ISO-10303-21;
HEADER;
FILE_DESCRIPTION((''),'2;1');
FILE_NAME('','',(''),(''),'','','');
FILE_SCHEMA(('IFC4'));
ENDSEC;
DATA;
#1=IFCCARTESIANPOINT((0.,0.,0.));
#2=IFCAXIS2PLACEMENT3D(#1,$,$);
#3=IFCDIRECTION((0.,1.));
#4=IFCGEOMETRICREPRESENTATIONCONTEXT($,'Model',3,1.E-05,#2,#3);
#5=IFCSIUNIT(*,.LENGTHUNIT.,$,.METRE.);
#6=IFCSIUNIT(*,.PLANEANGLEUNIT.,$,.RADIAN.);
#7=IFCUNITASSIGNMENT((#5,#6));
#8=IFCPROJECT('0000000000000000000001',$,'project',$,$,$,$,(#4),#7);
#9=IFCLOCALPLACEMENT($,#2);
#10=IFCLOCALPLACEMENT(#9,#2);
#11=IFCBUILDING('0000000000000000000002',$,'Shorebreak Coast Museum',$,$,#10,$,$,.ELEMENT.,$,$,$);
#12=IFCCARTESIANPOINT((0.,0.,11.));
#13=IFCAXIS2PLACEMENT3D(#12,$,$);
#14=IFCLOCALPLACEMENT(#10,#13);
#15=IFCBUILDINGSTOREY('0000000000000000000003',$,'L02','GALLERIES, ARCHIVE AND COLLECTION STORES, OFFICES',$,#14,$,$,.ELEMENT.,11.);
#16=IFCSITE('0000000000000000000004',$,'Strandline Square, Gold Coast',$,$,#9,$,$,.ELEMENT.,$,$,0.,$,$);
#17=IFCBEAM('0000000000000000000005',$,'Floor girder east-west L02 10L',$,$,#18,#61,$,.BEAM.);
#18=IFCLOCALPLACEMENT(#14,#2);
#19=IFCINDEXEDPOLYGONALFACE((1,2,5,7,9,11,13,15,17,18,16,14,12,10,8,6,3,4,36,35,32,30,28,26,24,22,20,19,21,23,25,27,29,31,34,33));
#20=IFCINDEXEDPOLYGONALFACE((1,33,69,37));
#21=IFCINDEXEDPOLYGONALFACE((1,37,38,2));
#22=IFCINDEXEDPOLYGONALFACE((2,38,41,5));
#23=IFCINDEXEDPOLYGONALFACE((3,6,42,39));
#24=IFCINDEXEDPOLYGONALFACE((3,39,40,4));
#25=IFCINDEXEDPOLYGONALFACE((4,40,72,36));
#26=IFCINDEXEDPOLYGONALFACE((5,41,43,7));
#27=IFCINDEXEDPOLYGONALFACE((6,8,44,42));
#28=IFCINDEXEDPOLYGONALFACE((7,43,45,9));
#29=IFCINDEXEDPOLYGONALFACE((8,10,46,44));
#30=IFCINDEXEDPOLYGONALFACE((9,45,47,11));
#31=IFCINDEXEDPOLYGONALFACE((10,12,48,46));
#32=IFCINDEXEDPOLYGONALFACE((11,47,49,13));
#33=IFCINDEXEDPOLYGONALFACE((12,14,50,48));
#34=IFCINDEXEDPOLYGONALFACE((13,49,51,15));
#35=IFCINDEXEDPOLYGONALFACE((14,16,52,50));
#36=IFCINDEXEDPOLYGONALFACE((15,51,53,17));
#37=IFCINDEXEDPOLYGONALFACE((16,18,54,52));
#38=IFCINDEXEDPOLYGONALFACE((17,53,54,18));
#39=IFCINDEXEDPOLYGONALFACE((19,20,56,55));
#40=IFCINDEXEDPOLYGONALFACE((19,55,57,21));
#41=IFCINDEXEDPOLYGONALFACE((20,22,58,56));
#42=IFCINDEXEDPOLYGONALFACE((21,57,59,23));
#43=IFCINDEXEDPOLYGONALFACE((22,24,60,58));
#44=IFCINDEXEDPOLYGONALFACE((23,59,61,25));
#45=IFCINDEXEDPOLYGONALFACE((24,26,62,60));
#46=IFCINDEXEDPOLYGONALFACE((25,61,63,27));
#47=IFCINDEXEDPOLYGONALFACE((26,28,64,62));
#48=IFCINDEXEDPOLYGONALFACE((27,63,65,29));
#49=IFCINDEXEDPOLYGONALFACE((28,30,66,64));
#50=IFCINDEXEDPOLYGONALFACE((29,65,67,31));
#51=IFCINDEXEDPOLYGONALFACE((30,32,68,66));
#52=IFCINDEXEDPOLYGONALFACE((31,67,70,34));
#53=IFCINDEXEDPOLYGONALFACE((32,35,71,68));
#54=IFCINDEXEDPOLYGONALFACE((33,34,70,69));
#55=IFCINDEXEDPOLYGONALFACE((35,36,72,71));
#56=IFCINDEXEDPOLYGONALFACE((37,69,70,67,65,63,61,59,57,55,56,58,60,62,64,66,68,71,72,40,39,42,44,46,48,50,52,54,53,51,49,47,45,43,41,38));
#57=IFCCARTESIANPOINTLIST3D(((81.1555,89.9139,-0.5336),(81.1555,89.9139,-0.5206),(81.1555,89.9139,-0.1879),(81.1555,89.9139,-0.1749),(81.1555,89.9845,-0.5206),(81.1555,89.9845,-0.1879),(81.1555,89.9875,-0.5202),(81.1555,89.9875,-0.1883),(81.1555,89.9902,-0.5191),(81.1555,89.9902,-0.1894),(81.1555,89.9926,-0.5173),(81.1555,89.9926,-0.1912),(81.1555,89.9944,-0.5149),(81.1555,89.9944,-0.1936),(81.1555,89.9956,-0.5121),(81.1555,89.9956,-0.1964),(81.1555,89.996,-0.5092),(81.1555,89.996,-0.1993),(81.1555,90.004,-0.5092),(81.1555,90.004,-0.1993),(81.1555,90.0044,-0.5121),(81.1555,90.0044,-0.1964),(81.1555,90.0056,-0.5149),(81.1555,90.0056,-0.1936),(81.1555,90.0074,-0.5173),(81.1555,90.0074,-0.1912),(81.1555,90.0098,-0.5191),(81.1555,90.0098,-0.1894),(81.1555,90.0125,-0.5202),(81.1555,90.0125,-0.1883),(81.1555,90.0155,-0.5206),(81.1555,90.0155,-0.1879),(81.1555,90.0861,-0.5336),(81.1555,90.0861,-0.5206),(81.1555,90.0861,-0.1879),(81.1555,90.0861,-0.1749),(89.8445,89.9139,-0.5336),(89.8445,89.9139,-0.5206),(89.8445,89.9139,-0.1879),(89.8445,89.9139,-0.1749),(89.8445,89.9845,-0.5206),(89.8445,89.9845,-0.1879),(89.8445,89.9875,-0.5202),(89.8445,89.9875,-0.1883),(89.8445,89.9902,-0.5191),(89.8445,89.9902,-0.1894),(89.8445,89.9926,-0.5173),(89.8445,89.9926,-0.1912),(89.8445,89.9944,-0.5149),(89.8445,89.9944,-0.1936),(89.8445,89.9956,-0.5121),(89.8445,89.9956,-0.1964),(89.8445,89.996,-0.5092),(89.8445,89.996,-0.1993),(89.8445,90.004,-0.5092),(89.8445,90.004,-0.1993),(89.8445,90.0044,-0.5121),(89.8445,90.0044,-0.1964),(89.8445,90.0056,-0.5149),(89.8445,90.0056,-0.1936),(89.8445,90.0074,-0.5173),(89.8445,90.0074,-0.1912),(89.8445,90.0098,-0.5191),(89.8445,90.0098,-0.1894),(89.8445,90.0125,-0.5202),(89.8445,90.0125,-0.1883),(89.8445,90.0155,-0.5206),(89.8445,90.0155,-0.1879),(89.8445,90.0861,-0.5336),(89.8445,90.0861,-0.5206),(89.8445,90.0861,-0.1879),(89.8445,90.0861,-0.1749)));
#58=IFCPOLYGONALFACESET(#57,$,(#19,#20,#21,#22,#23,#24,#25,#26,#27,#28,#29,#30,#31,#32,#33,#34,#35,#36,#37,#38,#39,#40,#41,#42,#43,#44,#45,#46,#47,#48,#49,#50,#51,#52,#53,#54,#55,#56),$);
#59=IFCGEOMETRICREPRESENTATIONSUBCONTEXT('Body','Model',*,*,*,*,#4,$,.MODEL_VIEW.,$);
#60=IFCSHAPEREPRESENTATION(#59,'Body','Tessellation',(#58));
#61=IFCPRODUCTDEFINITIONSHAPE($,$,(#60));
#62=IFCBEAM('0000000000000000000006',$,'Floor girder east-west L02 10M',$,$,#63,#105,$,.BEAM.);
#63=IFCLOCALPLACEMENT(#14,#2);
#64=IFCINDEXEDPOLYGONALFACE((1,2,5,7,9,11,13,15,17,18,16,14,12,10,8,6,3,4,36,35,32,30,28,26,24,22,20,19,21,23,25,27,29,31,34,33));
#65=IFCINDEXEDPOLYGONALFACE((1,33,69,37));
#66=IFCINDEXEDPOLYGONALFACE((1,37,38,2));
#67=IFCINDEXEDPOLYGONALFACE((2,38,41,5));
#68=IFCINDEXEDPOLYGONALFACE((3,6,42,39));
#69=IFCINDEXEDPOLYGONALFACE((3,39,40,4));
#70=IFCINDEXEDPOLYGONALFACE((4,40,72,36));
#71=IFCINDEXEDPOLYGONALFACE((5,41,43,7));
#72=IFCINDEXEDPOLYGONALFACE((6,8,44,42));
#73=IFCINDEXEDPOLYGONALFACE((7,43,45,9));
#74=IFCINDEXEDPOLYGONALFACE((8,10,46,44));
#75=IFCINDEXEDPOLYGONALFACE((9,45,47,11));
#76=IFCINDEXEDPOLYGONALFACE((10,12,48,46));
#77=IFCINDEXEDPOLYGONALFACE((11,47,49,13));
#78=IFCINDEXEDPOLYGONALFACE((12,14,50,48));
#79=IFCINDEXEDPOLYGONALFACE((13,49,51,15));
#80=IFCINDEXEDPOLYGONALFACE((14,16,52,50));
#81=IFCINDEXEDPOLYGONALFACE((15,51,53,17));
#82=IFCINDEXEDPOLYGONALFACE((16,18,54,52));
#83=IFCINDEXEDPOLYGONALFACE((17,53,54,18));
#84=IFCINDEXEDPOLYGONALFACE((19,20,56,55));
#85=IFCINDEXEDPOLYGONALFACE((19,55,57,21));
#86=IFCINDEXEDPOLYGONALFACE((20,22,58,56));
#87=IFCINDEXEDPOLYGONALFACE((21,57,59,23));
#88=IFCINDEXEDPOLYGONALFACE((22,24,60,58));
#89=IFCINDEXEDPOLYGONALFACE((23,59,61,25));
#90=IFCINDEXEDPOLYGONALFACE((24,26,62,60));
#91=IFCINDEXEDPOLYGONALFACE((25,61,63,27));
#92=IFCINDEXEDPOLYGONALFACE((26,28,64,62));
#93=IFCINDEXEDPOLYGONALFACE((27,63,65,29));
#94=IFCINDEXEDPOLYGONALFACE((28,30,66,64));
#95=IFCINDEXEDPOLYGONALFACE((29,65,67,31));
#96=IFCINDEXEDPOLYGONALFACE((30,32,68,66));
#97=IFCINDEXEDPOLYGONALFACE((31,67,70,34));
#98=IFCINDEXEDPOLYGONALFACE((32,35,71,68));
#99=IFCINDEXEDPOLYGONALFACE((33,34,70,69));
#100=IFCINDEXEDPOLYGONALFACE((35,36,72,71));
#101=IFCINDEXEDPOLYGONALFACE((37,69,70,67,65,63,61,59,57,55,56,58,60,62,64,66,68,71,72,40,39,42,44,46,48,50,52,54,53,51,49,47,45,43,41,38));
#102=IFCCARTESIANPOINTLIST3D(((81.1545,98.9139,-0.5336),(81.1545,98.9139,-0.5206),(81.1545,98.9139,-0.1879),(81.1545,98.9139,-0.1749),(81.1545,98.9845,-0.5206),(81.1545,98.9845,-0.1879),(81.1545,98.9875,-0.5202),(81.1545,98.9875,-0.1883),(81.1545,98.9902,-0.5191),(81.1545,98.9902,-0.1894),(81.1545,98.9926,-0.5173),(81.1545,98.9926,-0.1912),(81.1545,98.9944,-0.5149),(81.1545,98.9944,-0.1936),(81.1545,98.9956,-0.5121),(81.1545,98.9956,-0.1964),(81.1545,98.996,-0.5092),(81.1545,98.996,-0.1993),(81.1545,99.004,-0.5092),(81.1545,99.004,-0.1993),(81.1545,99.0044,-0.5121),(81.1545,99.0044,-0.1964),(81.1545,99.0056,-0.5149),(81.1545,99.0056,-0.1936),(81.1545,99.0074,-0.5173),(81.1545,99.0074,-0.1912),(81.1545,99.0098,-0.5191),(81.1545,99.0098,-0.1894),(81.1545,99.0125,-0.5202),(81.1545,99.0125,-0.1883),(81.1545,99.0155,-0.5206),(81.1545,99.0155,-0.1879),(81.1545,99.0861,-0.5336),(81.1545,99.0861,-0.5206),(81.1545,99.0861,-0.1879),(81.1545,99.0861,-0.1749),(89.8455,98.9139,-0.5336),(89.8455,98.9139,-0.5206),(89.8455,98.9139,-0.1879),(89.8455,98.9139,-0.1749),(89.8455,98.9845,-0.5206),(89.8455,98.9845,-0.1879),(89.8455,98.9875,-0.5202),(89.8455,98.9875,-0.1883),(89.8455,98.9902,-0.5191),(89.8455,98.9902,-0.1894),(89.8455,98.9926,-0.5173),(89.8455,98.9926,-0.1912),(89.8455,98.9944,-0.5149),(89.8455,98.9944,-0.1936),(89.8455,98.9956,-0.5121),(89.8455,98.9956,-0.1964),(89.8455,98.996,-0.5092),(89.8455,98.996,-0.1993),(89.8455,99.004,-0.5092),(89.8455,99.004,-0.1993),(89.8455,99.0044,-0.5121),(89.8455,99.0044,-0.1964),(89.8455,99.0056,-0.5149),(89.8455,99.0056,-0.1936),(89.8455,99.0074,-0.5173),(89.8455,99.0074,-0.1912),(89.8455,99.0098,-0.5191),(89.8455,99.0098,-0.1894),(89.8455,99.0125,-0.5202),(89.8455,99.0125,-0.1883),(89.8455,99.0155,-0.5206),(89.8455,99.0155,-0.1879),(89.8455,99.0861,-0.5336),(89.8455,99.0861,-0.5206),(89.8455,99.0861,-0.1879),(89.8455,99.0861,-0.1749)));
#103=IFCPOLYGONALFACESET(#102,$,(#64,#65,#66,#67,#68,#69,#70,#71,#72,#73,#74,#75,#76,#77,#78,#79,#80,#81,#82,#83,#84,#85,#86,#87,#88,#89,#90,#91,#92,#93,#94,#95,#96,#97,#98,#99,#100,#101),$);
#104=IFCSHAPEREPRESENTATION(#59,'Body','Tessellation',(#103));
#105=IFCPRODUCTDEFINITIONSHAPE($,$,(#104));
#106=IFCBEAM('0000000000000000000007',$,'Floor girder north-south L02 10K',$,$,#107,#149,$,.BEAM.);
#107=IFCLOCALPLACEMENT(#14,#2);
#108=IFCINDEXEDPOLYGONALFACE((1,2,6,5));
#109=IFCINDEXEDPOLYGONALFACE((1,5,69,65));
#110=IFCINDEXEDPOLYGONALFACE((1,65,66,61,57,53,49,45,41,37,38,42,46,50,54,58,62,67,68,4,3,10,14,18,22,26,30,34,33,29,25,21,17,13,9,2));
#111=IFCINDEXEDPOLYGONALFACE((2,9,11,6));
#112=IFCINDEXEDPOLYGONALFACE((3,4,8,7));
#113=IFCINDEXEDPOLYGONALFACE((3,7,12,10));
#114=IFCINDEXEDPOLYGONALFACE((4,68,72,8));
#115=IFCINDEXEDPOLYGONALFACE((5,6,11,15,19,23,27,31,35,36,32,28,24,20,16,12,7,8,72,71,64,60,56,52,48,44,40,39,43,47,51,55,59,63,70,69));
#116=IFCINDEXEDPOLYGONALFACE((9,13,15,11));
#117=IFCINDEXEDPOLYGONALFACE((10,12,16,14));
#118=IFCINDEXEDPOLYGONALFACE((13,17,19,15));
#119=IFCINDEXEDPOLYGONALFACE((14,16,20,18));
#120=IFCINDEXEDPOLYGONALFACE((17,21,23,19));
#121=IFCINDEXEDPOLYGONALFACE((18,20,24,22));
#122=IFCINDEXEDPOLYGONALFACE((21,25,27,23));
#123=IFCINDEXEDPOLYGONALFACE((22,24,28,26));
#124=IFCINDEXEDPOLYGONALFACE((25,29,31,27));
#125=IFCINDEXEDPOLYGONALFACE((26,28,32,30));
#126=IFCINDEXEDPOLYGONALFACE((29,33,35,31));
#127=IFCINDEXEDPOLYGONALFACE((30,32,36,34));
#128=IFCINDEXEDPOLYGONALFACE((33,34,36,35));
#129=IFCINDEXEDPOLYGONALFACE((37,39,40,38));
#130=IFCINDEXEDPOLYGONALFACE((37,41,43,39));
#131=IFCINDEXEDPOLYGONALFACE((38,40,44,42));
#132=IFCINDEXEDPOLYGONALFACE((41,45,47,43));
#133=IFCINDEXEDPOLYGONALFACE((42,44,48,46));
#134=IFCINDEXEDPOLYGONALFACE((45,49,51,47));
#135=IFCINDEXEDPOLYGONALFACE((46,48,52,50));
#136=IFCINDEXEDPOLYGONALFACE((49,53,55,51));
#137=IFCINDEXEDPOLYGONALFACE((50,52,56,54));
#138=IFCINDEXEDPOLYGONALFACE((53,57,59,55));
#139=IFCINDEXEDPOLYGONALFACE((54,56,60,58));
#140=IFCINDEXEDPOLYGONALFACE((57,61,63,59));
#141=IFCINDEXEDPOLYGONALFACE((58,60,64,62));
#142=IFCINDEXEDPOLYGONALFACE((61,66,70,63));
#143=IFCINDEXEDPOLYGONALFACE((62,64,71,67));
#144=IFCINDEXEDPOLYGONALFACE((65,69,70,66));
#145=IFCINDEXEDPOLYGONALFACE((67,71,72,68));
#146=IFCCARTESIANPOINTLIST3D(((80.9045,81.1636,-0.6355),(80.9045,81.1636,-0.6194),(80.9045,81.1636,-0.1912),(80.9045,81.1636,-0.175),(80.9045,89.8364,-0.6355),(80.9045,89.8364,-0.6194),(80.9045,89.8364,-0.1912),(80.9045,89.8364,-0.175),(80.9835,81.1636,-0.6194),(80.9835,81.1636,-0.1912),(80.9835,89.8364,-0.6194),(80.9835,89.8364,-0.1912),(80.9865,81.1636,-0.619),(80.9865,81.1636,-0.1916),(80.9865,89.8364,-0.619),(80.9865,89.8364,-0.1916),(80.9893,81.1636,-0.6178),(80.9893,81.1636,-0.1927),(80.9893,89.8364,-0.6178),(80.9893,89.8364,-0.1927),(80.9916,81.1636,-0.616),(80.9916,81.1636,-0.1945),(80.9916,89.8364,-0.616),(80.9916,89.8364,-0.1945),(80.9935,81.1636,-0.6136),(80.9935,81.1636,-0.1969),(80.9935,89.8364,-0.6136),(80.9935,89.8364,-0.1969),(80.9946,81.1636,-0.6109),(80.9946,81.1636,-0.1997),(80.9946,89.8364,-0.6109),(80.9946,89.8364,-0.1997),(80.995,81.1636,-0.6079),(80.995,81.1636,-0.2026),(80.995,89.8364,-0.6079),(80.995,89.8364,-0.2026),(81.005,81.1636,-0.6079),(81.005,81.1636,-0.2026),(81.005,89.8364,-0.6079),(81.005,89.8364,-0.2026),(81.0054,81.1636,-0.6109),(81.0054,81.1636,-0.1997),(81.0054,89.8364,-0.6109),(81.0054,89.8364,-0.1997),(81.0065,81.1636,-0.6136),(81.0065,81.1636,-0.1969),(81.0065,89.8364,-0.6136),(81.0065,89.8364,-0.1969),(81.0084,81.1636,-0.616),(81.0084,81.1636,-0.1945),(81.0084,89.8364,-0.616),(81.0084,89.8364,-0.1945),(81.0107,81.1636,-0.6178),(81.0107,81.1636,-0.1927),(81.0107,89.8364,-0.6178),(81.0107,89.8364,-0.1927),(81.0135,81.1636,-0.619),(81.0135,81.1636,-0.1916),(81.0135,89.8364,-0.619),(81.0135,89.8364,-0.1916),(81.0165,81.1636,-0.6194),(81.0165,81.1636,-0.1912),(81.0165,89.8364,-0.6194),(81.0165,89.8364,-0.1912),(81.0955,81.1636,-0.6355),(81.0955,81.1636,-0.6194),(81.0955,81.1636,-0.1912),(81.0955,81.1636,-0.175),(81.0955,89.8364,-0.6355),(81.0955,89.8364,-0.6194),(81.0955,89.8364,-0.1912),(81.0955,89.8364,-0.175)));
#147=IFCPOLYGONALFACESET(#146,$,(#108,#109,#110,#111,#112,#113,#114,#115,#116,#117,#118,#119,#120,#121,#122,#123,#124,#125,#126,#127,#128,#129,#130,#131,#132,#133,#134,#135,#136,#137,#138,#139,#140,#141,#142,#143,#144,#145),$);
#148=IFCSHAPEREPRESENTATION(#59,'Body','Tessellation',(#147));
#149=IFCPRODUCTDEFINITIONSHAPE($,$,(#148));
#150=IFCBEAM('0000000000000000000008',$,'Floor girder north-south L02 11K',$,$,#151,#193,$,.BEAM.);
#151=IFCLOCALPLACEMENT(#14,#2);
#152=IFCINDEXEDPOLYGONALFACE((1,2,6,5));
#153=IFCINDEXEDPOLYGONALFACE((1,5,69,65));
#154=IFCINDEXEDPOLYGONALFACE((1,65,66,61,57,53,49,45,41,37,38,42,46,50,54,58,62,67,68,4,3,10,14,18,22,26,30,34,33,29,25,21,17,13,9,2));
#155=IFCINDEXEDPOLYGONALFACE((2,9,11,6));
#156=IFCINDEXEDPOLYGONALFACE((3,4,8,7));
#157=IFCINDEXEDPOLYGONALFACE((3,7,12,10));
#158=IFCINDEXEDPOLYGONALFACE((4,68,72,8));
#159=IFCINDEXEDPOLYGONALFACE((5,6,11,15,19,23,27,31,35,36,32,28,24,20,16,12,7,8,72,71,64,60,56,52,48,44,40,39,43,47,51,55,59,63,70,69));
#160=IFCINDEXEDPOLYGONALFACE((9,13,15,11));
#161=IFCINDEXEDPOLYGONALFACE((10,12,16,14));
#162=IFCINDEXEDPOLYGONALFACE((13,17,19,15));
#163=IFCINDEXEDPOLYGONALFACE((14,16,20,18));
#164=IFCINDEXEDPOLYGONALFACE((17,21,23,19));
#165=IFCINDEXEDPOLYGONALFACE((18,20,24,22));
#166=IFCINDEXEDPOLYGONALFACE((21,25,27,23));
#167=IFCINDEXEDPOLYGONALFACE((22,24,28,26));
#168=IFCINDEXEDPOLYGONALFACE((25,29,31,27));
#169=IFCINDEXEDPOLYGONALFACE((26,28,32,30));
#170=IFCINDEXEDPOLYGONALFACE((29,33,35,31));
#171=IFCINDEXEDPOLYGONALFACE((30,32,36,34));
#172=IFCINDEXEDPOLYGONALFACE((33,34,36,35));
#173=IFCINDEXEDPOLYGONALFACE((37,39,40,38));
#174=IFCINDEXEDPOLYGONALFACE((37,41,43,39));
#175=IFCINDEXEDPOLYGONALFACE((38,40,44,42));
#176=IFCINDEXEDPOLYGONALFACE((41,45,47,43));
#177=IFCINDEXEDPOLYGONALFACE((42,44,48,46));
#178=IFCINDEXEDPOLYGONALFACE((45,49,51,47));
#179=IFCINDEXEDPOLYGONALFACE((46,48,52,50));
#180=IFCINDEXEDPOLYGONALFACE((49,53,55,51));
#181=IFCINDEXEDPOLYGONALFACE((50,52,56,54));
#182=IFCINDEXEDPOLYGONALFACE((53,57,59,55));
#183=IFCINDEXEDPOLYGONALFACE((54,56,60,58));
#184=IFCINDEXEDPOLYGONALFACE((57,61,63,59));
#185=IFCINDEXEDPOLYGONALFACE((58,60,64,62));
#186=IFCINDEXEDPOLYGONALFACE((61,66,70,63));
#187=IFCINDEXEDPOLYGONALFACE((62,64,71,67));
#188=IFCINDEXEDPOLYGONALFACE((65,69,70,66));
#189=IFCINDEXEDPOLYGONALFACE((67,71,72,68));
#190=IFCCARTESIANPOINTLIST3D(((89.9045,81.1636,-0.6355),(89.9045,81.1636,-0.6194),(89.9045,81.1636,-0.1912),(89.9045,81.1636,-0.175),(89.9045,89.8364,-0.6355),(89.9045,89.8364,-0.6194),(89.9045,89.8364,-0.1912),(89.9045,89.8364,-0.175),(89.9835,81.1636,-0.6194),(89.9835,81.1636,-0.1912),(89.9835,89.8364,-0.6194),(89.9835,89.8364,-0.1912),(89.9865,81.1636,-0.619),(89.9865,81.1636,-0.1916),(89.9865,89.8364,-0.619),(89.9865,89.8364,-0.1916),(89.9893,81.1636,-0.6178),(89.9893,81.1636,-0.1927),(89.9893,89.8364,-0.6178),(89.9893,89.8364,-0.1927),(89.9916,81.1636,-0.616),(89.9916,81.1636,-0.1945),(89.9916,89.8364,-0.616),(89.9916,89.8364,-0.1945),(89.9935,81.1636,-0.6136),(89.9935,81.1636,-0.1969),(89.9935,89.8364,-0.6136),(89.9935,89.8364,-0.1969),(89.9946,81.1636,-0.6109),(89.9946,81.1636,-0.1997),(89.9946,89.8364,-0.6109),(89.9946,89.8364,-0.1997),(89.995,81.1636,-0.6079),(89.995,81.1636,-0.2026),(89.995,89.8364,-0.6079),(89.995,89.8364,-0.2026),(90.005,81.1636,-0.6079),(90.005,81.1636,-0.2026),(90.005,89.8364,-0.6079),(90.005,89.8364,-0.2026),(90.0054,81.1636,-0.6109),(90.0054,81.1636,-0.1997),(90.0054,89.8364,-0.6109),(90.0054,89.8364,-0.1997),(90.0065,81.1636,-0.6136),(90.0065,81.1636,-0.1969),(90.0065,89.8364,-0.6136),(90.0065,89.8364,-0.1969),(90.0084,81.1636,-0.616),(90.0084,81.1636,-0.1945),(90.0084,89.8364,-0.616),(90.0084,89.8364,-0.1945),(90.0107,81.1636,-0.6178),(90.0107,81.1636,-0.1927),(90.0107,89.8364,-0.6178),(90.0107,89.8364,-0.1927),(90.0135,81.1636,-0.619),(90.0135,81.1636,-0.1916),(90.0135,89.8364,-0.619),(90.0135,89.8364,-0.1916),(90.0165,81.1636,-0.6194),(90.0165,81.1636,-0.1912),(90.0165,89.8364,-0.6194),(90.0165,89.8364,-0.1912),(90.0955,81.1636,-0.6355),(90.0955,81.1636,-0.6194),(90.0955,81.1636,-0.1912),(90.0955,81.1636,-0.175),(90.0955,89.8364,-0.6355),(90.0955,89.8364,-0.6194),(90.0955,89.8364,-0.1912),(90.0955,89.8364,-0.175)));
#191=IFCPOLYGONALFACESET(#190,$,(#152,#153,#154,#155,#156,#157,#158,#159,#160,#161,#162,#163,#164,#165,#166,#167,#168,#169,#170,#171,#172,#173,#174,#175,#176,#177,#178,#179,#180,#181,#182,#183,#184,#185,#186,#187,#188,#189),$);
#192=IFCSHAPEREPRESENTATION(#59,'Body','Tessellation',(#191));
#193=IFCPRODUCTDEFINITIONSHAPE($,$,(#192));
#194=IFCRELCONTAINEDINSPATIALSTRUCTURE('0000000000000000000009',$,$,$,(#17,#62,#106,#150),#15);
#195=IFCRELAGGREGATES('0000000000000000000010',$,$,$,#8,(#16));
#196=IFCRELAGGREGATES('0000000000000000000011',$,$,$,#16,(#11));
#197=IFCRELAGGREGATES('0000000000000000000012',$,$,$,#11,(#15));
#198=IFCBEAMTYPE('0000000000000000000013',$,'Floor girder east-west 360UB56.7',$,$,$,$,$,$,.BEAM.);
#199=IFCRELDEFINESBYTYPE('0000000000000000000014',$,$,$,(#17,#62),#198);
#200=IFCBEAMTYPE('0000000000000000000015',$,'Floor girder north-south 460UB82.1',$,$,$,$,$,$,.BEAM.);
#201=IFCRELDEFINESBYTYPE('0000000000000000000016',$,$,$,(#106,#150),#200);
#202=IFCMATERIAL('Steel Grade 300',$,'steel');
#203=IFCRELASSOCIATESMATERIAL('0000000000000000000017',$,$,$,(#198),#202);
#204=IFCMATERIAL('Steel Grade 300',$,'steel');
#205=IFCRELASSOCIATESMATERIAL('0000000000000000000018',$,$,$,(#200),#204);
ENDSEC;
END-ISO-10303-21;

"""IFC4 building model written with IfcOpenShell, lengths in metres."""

from ifc_helpers import new_model, si_unit, direction, frame, origin, origin_2d, place, context, subcontext, project, spatial, i_section, extrude, material, material_profile, profile_set, type_object, element, save


model = new_model("IFC4")

# Units and contexts
model_context = context("Model", 3, precision=1e-05, world=origin(), true_north=direction((0.0, 1.0)))
body_context = subcontext(model_context, "Body", "Model", "MODEL_VIEW")
ifc_project = project(units=[si_unit("LENGTHUNIT", "METRE"), si_unit("PLANEANGLEUNIT", "RADIAN")], contexts=[model_context])

# Site, building, storey
site_placement = place(None, origin())
site = spatial("IfcSite", under=ifc_project, at=site_placement, Name="Strandline Square, Gold Coast", CompositionType="ELEMENT", RefElevation=0.0)
building_placement = place(site_placement, origin())
building = spatial("IfcBuilding", under=site, at=building_placement, Name="Shorebreak Coast Museum", CompositionType="ELEMENT")
storey_placement = place(building_placement, frame((0.0, 0.0, 11.0)))
storey = spatial("IfcBuildingStorey", under=building, at=storey_placement, Name="L02", Description="GALLERIES, ARCHIVE AND COLLECTION STORES, OFFICES", CompositionType="ELEMENT", Elevation=11.0)

# Beams
ifc_material_1 = material(Name="Steel Grade 300", Category="steel")
ifc_material_profile_1 = material_profile(ifc_material_1, i_section(OverallWidth=0.1721, OverallDepth=0.3586, WebThickness=0.0081, FlangeThickness=0.0129, FilletRadius=0.0115, at=origin_2d()), Name="360UB56.7")
ifc_profile_set_1 = profile_set([ifc_material_profile_1], Name="Steel Grade 300")
beam_type_1 = type_object("IfcBeamType", Name="Floor girder east-west 360UB56.7", PredefinedType="BEAM", material=ifc_profile_set_1)
beam_1_placement = place(storey_placement, frame((81.1555, 90.0, -0.3542), z_axis=(1.0, 0.0, 0.0), x_axis=(0.0, 1.0, 0.0)))
element("IfcBeam", 1, at=beam_1_placement, inside=storey, type_object=beam_type_1, Name="Floor girder east-west L02 10L", PredefinedType="BEAM", context=body_context, shape_type="SweptSolid", body=[
    extrude(i_section(OverallWidth=0.1721, OverallDepth=0.3586, WebThickness=0.0081, FlangeThickness=0.0129, FilletRadius=0.0115, at=origin_2d()), origin(), (0.0, 0.0, 1.0), 8.689),
])
beam_2_placement = place(storey_placement, frame((81.1545, 99.0, -0.3542), z_axis=(1.0, 0.0, 0.0), x_axis=(0.0, 1.0, 0.0)))
element("IfcBeam", 2, at=beam_2_placement, inside=storey, type_object=beam_type_1, Name="Floor girder east-west L02 10M", PredefinedType="BEAM", context=body_context, shape_type="SweptSolid", body=[
    extrude(i_section(OverallWidth=0.1721, OverallDepth=0.3586, WebThickness=0.0081, FlangeThickness=0.0129, FilletRadius=0.0115, at=origin_2d()), origin(), (0.0, 0.0, 1.0), 8.6909),
])
ifc_material_2 = material(Name="Steel Grade 300", Category="steel")
ifc_material_profile_2 = material_profile(ifc_material_2, i_section(OverallWidth=0.1909, OverallDepth=0.4604, WebThickness=0.01, FlangeThickness=0.0161, FilletRadius=0.0115, at=origin_2d()), Name="460UB82.1")
ifc_profile_set_2 = profile_set([ifc_material_profile_2], Name="Steel Grade 300")
beam_type_2 = type_object("IfcBeamType", Name="Floor girder north-south 460UB82.1", PredefinedType="BEAM", material=ifc_profile_set_2)
for number, where, z_axis, x_axis, name in (
    (3, (81.0, 81.1636, -0.4053), (0.0, 1.0, 0.0), (-1.0, 0.0, 0.0), "Floor girder north-south L02 10K"),
    (4, (90.0, 81.1636, -0.4053), (0.0, 1.0, 0.0), (-1.0, 0.0, 0.0), "Floor girder north-south L02 11K"),
):
    element("IfcBeam", number, at=place(storey_placement, frame(where, z_axis=z_axis, x_axis=x_axis)), inside=storey, type_object=beam_type_2, Name=name, PredefinedType="BEAM", context=body_context, shape_type="SweptSolid", body=[
        extrude(i_section(OverallWidth=0.1909, OverallDepth=0.4604, WebThickness=0.01, FlangeThickness=0.0161, FilletRadius=0.0115, at=origin_2d()), origin(), (0.0, 0.0, 1.0), 8.6729),
    ])

save(model, "model.ifc")
